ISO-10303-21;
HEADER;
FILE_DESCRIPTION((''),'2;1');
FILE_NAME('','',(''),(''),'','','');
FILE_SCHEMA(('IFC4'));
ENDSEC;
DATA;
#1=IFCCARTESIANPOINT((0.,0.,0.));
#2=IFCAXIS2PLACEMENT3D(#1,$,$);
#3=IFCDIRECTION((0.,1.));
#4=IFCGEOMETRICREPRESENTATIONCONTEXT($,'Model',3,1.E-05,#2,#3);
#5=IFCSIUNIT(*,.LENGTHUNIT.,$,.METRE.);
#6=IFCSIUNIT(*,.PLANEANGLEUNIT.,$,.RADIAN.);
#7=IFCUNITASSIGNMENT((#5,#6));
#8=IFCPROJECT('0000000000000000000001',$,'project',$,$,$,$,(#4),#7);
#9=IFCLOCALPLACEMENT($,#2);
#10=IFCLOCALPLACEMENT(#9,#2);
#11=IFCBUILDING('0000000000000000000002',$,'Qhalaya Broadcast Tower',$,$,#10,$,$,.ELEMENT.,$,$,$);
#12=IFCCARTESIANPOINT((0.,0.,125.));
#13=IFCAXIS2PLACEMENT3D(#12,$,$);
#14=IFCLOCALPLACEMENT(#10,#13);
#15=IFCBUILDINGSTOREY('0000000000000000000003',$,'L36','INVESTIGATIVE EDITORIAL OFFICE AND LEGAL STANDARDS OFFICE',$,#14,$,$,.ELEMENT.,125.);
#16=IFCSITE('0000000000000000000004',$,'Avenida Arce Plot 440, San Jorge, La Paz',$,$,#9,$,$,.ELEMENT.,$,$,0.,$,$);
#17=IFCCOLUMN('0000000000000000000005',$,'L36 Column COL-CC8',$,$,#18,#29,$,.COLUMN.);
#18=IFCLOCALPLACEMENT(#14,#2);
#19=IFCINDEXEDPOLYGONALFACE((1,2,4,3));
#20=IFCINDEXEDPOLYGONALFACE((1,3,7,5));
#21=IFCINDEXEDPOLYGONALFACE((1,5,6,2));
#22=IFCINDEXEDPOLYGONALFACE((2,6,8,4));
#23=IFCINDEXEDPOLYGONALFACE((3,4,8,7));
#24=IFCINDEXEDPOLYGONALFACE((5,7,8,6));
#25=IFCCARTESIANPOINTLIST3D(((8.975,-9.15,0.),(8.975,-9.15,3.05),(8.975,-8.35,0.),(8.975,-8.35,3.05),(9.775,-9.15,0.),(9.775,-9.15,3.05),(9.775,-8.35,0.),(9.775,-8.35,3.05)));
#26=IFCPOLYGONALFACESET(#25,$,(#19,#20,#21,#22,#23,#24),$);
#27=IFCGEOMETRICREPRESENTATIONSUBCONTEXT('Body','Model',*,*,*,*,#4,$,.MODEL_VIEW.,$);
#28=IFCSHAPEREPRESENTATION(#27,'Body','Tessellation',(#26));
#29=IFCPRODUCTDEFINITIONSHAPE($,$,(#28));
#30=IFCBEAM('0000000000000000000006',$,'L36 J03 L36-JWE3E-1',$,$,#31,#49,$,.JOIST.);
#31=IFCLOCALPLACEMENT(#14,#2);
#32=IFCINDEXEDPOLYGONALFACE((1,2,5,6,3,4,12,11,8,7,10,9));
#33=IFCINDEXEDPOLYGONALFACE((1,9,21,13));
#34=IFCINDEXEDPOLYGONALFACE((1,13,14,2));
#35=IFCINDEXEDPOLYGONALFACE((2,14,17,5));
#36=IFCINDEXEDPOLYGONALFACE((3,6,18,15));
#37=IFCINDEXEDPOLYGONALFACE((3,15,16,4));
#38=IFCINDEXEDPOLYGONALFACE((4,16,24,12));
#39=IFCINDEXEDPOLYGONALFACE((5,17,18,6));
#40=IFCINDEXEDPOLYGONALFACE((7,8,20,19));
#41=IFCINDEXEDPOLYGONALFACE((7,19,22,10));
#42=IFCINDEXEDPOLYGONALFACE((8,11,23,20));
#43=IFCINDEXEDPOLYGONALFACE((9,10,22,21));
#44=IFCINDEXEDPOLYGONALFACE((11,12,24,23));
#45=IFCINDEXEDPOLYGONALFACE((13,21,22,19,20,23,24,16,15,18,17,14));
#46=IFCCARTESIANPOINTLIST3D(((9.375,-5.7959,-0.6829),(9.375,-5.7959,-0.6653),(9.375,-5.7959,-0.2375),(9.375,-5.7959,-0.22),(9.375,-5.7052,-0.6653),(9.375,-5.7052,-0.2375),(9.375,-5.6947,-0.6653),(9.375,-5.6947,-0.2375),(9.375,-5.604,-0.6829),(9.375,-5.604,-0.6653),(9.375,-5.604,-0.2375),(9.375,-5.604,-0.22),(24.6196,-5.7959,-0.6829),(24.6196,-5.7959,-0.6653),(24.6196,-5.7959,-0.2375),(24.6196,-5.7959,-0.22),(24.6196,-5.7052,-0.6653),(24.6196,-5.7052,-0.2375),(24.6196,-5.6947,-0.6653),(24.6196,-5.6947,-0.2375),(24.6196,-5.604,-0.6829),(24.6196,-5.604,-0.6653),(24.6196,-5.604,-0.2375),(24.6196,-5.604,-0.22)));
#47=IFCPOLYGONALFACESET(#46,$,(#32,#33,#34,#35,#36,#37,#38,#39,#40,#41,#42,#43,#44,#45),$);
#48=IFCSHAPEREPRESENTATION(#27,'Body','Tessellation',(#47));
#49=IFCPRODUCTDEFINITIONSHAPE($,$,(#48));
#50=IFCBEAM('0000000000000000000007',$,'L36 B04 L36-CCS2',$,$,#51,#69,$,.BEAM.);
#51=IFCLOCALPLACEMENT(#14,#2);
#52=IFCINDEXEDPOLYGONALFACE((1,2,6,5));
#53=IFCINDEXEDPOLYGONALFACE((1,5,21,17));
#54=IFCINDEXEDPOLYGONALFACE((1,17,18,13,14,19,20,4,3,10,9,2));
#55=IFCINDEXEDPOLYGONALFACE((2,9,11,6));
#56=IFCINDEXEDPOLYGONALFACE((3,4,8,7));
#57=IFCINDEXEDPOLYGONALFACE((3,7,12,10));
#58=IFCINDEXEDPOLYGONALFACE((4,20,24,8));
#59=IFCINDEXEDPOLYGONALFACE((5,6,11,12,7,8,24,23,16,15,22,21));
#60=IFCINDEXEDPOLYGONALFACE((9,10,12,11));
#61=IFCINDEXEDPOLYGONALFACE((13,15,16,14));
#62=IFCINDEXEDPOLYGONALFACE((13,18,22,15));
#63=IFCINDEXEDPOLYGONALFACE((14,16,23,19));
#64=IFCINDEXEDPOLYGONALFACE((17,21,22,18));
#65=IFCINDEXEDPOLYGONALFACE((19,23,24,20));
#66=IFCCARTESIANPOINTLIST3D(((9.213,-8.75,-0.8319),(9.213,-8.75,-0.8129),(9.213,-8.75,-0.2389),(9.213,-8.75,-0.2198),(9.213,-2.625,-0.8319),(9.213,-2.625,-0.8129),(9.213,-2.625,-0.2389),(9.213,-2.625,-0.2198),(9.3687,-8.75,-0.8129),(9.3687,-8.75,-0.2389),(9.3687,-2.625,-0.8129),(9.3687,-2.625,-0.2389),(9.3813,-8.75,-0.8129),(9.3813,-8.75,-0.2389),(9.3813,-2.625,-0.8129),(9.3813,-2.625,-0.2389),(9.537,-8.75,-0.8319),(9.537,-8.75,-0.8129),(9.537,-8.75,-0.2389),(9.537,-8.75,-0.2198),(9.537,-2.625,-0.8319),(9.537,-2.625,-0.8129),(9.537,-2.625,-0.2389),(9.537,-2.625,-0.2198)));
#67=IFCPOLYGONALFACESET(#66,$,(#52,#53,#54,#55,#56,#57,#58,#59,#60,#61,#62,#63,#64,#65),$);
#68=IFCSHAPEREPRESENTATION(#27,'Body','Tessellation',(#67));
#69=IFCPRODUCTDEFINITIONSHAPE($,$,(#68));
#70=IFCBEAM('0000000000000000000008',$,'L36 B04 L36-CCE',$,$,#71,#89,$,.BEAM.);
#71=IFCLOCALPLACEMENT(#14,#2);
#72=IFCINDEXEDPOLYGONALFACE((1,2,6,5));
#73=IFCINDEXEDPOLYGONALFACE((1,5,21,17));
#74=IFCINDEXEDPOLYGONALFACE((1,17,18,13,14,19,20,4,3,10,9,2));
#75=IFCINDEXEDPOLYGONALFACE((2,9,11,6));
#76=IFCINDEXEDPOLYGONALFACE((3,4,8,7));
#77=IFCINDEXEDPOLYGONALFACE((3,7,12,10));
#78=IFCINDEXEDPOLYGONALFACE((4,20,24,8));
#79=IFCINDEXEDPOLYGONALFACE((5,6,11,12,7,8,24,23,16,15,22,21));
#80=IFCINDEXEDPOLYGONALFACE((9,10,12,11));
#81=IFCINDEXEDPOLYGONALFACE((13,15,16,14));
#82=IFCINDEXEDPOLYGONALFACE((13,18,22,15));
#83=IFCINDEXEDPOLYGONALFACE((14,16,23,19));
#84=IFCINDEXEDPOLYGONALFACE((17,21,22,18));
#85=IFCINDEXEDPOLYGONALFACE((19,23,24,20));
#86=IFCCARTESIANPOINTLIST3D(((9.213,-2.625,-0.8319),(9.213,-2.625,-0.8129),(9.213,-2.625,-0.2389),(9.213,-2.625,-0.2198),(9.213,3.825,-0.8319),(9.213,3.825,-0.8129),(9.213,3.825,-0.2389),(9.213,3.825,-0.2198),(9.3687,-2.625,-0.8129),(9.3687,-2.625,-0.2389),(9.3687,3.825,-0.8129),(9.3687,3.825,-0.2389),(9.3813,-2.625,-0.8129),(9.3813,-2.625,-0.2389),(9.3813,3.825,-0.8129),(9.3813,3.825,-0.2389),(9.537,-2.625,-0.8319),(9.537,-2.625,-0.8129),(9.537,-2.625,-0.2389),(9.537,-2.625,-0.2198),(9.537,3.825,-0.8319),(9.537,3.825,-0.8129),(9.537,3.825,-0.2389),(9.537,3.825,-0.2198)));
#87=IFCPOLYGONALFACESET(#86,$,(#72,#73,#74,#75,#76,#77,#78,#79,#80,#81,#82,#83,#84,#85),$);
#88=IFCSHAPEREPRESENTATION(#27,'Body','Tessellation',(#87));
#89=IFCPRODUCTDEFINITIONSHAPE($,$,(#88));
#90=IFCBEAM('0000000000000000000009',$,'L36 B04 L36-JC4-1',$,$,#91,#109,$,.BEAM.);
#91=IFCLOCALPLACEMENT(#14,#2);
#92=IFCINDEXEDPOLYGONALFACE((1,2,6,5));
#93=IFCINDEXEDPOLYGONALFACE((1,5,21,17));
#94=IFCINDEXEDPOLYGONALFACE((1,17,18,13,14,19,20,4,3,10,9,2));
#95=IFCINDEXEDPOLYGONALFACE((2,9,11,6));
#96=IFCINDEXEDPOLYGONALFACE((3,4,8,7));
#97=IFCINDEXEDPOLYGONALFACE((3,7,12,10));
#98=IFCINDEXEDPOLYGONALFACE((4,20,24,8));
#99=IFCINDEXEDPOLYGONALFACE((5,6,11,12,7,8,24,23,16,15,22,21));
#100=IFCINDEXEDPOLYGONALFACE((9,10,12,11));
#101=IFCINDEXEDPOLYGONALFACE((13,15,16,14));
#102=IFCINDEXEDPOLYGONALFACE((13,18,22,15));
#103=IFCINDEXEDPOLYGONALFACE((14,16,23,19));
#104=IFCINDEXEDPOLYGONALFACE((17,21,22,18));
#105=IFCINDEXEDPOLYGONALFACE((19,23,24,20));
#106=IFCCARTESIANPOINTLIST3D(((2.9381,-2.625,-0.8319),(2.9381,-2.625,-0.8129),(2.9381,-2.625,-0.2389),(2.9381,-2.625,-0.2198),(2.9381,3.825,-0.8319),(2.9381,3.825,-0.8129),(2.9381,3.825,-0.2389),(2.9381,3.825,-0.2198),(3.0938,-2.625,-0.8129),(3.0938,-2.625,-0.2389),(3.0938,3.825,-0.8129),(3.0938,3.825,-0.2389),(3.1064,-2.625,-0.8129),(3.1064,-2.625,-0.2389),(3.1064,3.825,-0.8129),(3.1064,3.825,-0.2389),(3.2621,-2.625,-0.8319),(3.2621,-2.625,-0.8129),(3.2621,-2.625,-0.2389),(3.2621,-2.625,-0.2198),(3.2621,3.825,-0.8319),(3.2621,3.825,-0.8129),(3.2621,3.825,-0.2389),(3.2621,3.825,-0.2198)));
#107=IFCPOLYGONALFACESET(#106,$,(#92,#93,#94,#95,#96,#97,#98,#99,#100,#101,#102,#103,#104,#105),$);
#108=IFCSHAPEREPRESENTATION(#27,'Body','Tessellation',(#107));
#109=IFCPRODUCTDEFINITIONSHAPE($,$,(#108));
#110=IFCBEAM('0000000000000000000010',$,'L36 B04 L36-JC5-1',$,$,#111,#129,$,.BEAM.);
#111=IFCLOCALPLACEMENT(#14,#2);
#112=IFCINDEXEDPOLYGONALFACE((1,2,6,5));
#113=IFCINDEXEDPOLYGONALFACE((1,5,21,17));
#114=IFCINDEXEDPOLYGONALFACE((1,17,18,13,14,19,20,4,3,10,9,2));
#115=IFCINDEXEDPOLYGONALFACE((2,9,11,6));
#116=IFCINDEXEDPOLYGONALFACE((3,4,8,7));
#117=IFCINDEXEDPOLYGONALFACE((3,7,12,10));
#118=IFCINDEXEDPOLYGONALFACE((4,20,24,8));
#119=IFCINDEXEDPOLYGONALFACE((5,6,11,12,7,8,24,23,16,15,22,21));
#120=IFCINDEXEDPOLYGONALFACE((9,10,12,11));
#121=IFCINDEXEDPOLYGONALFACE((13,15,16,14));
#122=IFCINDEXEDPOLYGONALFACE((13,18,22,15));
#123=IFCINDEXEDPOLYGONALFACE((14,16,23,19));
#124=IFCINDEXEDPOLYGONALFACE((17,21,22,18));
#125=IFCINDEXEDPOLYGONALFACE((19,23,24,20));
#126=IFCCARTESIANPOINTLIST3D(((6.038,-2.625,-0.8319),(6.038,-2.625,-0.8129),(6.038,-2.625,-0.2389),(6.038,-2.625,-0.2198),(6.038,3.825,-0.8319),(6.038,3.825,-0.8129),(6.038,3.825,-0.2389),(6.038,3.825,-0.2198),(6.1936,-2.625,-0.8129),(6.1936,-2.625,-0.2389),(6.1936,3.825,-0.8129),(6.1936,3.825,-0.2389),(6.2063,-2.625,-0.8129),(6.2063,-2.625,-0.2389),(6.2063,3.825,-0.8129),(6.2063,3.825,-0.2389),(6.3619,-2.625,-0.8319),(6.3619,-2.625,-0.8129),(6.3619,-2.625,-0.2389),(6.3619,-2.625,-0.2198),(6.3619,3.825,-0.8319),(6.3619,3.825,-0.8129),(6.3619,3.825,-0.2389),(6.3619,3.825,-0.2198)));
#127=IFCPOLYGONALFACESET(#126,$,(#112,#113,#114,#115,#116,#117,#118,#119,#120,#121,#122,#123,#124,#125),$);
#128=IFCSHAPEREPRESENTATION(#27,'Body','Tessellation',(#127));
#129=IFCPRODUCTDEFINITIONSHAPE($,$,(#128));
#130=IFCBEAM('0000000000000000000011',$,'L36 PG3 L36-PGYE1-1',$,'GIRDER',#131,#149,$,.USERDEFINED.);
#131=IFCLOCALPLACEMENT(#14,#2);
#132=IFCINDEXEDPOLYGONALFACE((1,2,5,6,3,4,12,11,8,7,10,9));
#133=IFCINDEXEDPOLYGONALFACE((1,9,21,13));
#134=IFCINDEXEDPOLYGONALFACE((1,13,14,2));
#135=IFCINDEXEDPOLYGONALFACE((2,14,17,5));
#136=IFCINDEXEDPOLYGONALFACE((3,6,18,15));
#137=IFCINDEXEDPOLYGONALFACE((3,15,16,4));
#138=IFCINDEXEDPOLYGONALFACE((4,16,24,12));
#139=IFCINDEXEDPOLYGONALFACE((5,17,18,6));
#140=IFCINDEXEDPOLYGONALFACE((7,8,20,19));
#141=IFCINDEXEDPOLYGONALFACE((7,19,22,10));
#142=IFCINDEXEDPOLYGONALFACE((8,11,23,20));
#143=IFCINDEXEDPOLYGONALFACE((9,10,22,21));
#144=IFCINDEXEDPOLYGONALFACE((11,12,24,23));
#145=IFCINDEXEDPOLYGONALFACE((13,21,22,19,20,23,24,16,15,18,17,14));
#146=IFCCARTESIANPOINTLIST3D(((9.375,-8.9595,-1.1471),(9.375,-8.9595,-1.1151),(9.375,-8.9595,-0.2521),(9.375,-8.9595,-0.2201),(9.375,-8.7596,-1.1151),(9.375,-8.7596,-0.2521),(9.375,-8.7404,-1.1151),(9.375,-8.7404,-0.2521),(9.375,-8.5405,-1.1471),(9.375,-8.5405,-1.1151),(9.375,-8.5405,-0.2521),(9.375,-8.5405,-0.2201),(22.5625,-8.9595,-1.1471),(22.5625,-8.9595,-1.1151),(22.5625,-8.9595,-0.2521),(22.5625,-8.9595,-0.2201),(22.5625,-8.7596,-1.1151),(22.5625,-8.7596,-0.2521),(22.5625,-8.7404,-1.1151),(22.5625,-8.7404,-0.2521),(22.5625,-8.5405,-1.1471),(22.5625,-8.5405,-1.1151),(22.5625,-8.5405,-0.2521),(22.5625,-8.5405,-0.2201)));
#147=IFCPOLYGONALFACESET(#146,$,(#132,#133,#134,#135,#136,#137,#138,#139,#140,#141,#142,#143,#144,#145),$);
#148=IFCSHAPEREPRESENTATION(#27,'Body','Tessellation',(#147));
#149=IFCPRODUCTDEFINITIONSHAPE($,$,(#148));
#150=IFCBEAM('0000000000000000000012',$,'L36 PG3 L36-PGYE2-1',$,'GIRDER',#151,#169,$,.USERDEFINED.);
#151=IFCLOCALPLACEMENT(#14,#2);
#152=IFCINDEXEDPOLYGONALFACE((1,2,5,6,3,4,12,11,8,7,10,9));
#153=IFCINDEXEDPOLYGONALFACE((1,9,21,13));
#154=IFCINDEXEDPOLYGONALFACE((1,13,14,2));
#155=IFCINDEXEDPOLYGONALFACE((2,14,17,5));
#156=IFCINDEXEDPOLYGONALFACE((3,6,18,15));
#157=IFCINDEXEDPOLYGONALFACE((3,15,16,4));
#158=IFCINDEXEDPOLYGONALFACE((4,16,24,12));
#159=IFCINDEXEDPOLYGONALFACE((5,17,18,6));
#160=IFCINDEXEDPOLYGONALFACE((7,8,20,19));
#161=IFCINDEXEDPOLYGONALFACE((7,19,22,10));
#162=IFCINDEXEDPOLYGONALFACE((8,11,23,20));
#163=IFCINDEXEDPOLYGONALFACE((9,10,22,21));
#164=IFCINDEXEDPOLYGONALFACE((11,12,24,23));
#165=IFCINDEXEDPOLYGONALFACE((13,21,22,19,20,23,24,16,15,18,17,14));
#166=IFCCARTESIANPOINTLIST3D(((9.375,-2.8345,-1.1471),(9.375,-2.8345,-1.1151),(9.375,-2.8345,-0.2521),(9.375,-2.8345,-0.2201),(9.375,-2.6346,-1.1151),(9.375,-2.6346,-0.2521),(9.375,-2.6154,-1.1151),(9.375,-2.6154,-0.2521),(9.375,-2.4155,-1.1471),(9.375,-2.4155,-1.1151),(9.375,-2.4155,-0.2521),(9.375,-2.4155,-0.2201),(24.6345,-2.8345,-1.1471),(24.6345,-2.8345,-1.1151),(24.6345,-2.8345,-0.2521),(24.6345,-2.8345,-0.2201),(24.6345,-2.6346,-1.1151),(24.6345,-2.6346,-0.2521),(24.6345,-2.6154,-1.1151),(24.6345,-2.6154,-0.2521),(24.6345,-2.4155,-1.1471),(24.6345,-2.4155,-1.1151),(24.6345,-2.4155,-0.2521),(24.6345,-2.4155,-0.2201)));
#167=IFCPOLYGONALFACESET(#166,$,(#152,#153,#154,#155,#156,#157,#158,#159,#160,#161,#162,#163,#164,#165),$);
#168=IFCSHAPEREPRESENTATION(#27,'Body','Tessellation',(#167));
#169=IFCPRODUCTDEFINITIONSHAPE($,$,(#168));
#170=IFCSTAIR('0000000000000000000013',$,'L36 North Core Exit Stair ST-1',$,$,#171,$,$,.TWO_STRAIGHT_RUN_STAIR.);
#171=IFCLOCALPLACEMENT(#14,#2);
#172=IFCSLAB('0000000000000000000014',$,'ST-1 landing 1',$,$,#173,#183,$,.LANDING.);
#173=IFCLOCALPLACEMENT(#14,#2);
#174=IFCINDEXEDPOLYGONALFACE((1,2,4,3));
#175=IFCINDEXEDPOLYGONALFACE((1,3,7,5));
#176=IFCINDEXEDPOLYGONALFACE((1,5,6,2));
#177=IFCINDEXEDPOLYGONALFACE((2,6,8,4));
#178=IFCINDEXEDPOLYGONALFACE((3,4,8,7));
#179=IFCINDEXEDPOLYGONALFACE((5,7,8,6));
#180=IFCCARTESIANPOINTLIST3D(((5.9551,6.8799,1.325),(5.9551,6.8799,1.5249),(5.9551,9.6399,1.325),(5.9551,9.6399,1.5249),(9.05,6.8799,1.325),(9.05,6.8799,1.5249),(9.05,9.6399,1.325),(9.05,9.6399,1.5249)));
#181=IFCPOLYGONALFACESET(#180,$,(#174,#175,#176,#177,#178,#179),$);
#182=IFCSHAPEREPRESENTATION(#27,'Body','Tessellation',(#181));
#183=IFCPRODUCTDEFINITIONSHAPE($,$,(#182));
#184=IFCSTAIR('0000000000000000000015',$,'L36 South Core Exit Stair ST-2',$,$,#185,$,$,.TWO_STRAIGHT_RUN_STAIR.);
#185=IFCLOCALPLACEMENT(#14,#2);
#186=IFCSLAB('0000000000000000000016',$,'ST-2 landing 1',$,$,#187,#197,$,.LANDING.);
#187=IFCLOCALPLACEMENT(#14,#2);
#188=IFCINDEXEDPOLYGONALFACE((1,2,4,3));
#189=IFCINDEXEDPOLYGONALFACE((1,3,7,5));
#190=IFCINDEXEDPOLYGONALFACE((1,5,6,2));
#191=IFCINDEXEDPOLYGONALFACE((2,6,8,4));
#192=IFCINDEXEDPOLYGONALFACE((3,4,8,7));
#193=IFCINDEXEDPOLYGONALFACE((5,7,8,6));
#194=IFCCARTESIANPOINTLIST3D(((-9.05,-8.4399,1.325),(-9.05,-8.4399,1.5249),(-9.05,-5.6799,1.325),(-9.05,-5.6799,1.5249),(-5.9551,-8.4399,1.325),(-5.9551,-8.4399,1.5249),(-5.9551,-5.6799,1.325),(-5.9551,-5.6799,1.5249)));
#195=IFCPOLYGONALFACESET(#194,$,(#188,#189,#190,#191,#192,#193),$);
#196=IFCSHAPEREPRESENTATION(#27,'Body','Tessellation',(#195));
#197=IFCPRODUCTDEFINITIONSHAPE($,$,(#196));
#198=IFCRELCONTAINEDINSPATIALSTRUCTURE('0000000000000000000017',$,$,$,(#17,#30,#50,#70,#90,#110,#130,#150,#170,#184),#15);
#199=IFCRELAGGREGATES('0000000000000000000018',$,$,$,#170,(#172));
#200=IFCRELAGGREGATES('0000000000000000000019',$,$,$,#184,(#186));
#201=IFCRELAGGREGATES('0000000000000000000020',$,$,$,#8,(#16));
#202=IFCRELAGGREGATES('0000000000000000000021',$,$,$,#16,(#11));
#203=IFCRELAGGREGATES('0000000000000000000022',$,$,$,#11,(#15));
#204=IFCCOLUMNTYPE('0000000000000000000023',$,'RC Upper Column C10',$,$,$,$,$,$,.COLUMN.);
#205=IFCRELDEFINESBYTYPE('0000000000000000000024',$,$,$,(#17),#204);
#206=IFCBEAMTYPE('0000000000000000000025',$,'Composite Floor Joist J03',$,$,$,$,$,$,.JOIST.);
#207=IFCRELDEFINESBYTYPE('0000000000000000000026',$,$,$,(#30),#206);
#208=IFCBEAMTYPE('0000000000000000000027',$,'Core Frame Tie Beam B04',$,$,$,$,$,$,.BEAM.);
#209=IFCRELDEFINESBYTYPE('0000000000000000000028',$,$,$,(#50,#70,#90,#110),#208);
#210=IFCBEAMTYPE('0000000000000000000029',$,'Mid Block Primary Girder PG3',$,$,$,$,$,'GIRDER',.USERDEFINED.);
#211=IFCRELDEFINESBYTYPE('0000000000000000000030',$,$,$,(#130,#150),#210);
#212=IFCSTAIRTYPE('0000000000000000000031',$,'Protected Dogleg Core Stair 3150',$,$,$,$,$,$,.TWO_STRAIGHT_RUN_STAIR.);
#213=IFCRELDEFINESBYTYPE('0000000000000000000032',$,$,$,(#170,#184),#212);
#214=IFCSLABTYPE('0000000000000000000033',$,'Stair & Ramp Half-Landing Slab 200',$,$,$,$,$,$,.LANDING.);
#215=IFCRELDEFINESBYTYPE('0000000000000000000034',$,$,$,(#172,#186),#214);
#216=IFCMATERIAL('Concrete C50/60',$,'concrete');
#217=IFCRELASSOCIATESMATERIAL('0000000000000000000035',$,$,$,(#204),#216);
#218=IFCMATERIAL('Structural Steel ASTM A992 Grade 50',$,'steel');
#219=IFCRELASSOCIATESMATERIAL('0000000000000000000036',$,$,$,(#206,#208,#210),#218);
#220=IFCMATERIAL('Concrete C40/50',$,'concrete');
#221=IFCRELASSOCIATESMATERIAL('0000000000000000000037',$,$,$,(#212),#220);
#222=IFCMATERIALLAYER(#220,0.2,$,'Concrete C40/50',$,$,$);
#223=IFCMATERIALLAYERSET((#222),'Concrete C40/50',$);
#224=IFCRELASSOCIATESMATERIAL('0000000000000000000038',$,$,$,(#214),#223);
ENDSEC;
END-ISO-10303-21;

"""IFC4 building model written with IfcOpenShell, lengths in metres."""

from ifc_helpers import new_model, si_unit, direction, frame, origin, origin_2d, place, context, subcontext, project, spatial, polyline, rectangle, i_section, outline, extrude, material, layer, layer_set, material_profile, profile_set, type_object, element, aggregate, save


model = new_model("IFC4")

# Units and contexts
model_context = context("Model", 3, precision=1e-05, world=origin(), true_north=direction((0.0, 1.0)))
body_context = subcontext(model_context, "Body", "Model", "MODEL_VIEW")
ifc_project = project(units=[si_unit("LENGTHUNIT", "METRE"), si_unit("PLANEANGLEUNIT", "RADIAN")], contexts=[model_context])

# Site, building, storey
site_placement = place(None, origin())
site = spatial("IfcSite", under=ifc_project, at=site_placement, Name="Avenida Arce Plot 440, San Jorge, La Paz", CompositionType="ELEMENT", RefElevation=0.0)
building_placement = place(site_placement, origin())
building = spatial("IfcBuilding", under=site, at=building_placement, Name="Qhalaya Broadcast Tower", CompositionType="ELEMENT")
storey_placement = place(building_placement, frame((0.0, 0.0, 125.0)))
storey = spatial("IfcBuildingStorey", under=building, at=storey_placement, Name="L36", Description="INVESTIGATIVE EDITORIAL OFFICE AND LEGAL STANDARDS OFFICE", CompositionType="ELEMENT", Elevation=125.0)

# Column
ifc_material_1 = material(Name="Concrete C50/60", Category="concrete")
ifc_material_profile_1 = material_profile(ifc_material_1, rectangle(XDim=0.8, YDim=0.8, at=origin_2d()), Name="RC-COL 800x800")
ifc_profile_set_1 = profile_set([ifc_material_profile_1], Name="Concrete C50/60")
column_type = type_object("IfcColumnType", Name="RC Upper Column C10", PredefinedType="COLUMN", material=ifc_profile_set_1)
column_placement = place(storey_placement, frame((9.375, -8.75, 0.0), z_axis=(0.0, 0.0, 1.0), x_axis=(1.0, 0.0, 0.0)))
element("IfcColumn", 1, at=column_placement, inside=storey, type_object=column_type, Name="L36 Column COL-CC8", PredefinedType="COLUMN", context=body_context, shape_type="SweptSolid", body=[
    extrude(rectangle(XDim=0.8, YDim=0.8, at=origin_2d()), origin(), (0.0, 0.0, 1.0), 3.05),
])

# Beams
ifc_material_2 = material(Name="Structural Steel ASTM A992 Grade 50", Category="steel")
ifc_material_profile_2 = material_profile(ifc_material_2, i_section(OverallWidth=0.1919, OverallDepth=0.4629, WebThickness=0.0105, FlangeThickness=0.0176, at=origin_2d()), Name="W18X60")
ifc_profile_set_2 = profile_set([ifc_material_profile_2], Name="Structural Steel ASTM A992 Grade 50")
beam_type_1 = type_object("IfcBeamType", Name="Composite Floor Joist J03", PredefinedType="JOIST", material=ifc_profile_set_2)
beam_1_placement = place(storey_placement, frame((9.375, -5.7, -0.4514), z_axis=(1.0, 0.0, 0.0), x_axis=(0.0, 1.0, 0.0)))
element("IfcBeam", 2, at=beam_1_placement, inside=storey, type_object=beam_type_1, Name="L36 J03 L36-JWE3E-1", PredefinedType="JOIST", context=body_context, shape_type="SweptSolid", body=[
    extrude(i_section(OverallWidth=0.1919, OverallDepth=0.4629, WebThickness=0.0105, FlangeThickness=0.0176, at=origin_2d()), origin(), (0.0, 0.0, 1.0), 15.2446),
])
ifc_material_profile_3 = material_profile(ifc_material_2, i_section(OverallWidth=0.324, OverallDepth=0.6121, WebThickness=0.0127, FlangeThickness=0.019, at=origin_2d()), Name="W24X104")
ifc_profile_set_3 = profile_set([ifc_material_profile_3], Name="Structural Steel ASTM A992 Grade 50")
beam_type_2 = type_object("IfcBeamType", Name="Core Frame Tie Beam B04", PredefinedType="BEAM", material=ifc_profile_set_3)
beam_2_placement = place(storey_placement, frame((9.375, -8.75, -0.5259), z_axis=(0.0, 1.0, 0.0), x_axis=(-1.0, 0.0, 0.0)))
element("IfcBeam", 3, at=beam_2_placement, inside=storey, type_object=beam_type_2, Name="L36 B04 L36-CCS2", PredefinedType="BEAM", context=body_context, shape_type="SweptSolid", body=[
    extrude(i_section(OverallWidth=0.324, OverallDepth=0.6121, WebThickness=0.0127, FlangeThickness=0.019, at=origin_2d()), origin(), (0.0, 0.0, 1.0), 6.125),
])
for number, where, z_axis, x_axis, name in (
    (4, (9.375, -2.625, -0.5259), (0.0, 1.0, 0.0), (-1.0, 0.0, 0.0), "L36 B04 L36-CCE"),
    (5, (3.1001, -2.625, -0.5259), (0.0, 1.0, 0.0), (-1.0, 0.0, 0.0), "L36 B04 L36-JC4-1"),
    (6, (6.2, -2.625, -0.5259), (0.0, 1.0, 0.0), (-1.0, 0.0, 0.0), "L36 B04 L36-JC5-1"),
):
    element("IfcBeam", number, at=place(storey_placement, frame(where, z_axis=z_axis, x_axis=x_axis)), inside=storey, type_object=beam_type_2, Name=name, PredefinedType="BEAM", context=body_context, shape_type="SweptSolid", body=[
        extrude(i_section(OverallWidth=0.324, OverallDepth=0.6121, WebThickness=0.0127, FlangeThickness=0.019, at=origin_2d()), origin(), (0.0, 0.0, 1.0), 6.45),
    ])
ifc_material_profile_4 = material_profile(ifc_material_2, i_section(OverallWidth=0.4189, OverallDepth=0.927, WebThickness=0.0193, FlangeThickness=0.032, at=origin_2d()), Name="W36X231")
ifc_profile_set_4 = profile_set([ifc_material_profile_4], Name="Structural Steel ASTM A992 Grade 50")
beam_type_3 = type_object("IfcBeamType", Name="Mid Block Primary Girder PG3", ElementType="GIRDER", PredefinedType="USERDEFINED", material=ifc_profile_set_4)
beam_3_placement = place(storey_placement, frame((9.375, -8.75, -0.6836), z_axis=(1.0, 0.0, 0.0), x_axis=(0.0, 1.0, 0.0)))
element("IfcBeam", 7, at=beam_3_placement, inside=storey, type_object=beam_type_3, Name="L36 PG3 L36-PGYE1-1", ObjectType="GIRDER", PredefinedType="USERDEFINED", context=body_context, shape_type="SweptSolid", body=[
    extrude(i_section(OverallWidth=0.4189, OverallDepth=0.927, WebThickness=0.0193, FlangeThickness=0.032, at=origin_2d()), origin(), (0.0, 0.0, 1.0), 13.1875),
])
beam_4_placement = place(storey_placement, frame((9.375, -2.625, -0.6836), z_axis=(1.0, 0.0, 0.0), x_axis=(0.0, 1.0, 0.0)))
element("IfcBeam", 8, at=beam_4_placement, inside=storey, type_object=beam_type_3, Name="L36 PG3 L36-PGYE2-1", ObjectType="GIRDER", PredefinedType="USERDEFINED", context=body_context, shape_type="SweptSolid", body=[
    extrude(i_section(OverallWidth=0.4189, OverallDepth=0.927, WebThickness=0.0193, FlangeThickness=0.032, at=origin_2d()), origin(), (0.0, 0.0, 1.0), 15.2595),
])

# Stairs, slabs
ifc_material_3 = material(Name="Concrete C40/50", Category="concrete")
stair_type = type_object("IfcStairType", Name="Protected Dogleg Core Stair 3150", PredefinedType="TWO_STRAIGHT_RUN_STAIR", material=ifc_material_3)
stair_1_placement = place(storey_placement, origin())
stair_1 = element("IfcStair", 9, at=stair_1_placement, inside=storey, type_object=stair_type, Name="L36 North Core Exit Stair ST-1", PredefinedType="TWO_STRAIGHT_RUN_STAIR")
ifc_layer_1 = layer(ifc_material_3, 0.2, Name="Concrete C40/50")
ifc_layer_set_1 = layer_set([ifc_layer_1], Name="Concrete C40/50")
slab_type_1 = type_object("IfcSlabType", Name="Stair & Ramp Half-Landing Slab 200", PredefinedType="LANDING", material=ifc_layer_set_1)
slab_1_placement = place(storey_placement, frame((0.0, 0.0, 1.325)))
slab_1 = element("IfcSlab", 10, at=slab_1_placement, type_object=slab_type_1, Name="ST-1 landing 1", PredefinedType="LANDING", context=body_context, shape_type="SweptSolid", body=[
    extrude(outline(polyline([(5.9551, 6.8799), (9.05, 6.8799), (9.05, 9.6399), (5.9551, 9.6399), (5.9551, 6.8799)])), origin(), (0.0, 0.0, 1.0), 0.2),
])
aggregate(stair_1, [slab_1])
stair_2_placement = place(storey_placement, origin())
stair_2 = element("IfcStair", 11, at=stair_2_placement, inside=storey, type_object=stair_type, Name="L36 South Core Exit Stair ST-2", PredefinedType="TWO_STRAIGHT_RUN_STAIR")
slab_2_placement = place(storey_placement, frame((0.0, 0.0, 1.325)))
slab_2 = element("IfcSlab", 12, at=slab_2_placement, type_object=slab_type_1, Name="ST-2 landing 1", PredefinedType="LANDING", context=body_context, shape_type="SweptSolid", body=[
    extrude(outline(polyline([(-5.9551, -5.6799), (-9.05, -5.6799), (-9.05, -8.4399), (-5.9551, -8.4399), (-5.9551, -5.6799)])), origin(), (0.0, 0.0, 1.0), 0.2),
])
aggregate(stair_2, [slab_2])

save(model, "model.ifc")
